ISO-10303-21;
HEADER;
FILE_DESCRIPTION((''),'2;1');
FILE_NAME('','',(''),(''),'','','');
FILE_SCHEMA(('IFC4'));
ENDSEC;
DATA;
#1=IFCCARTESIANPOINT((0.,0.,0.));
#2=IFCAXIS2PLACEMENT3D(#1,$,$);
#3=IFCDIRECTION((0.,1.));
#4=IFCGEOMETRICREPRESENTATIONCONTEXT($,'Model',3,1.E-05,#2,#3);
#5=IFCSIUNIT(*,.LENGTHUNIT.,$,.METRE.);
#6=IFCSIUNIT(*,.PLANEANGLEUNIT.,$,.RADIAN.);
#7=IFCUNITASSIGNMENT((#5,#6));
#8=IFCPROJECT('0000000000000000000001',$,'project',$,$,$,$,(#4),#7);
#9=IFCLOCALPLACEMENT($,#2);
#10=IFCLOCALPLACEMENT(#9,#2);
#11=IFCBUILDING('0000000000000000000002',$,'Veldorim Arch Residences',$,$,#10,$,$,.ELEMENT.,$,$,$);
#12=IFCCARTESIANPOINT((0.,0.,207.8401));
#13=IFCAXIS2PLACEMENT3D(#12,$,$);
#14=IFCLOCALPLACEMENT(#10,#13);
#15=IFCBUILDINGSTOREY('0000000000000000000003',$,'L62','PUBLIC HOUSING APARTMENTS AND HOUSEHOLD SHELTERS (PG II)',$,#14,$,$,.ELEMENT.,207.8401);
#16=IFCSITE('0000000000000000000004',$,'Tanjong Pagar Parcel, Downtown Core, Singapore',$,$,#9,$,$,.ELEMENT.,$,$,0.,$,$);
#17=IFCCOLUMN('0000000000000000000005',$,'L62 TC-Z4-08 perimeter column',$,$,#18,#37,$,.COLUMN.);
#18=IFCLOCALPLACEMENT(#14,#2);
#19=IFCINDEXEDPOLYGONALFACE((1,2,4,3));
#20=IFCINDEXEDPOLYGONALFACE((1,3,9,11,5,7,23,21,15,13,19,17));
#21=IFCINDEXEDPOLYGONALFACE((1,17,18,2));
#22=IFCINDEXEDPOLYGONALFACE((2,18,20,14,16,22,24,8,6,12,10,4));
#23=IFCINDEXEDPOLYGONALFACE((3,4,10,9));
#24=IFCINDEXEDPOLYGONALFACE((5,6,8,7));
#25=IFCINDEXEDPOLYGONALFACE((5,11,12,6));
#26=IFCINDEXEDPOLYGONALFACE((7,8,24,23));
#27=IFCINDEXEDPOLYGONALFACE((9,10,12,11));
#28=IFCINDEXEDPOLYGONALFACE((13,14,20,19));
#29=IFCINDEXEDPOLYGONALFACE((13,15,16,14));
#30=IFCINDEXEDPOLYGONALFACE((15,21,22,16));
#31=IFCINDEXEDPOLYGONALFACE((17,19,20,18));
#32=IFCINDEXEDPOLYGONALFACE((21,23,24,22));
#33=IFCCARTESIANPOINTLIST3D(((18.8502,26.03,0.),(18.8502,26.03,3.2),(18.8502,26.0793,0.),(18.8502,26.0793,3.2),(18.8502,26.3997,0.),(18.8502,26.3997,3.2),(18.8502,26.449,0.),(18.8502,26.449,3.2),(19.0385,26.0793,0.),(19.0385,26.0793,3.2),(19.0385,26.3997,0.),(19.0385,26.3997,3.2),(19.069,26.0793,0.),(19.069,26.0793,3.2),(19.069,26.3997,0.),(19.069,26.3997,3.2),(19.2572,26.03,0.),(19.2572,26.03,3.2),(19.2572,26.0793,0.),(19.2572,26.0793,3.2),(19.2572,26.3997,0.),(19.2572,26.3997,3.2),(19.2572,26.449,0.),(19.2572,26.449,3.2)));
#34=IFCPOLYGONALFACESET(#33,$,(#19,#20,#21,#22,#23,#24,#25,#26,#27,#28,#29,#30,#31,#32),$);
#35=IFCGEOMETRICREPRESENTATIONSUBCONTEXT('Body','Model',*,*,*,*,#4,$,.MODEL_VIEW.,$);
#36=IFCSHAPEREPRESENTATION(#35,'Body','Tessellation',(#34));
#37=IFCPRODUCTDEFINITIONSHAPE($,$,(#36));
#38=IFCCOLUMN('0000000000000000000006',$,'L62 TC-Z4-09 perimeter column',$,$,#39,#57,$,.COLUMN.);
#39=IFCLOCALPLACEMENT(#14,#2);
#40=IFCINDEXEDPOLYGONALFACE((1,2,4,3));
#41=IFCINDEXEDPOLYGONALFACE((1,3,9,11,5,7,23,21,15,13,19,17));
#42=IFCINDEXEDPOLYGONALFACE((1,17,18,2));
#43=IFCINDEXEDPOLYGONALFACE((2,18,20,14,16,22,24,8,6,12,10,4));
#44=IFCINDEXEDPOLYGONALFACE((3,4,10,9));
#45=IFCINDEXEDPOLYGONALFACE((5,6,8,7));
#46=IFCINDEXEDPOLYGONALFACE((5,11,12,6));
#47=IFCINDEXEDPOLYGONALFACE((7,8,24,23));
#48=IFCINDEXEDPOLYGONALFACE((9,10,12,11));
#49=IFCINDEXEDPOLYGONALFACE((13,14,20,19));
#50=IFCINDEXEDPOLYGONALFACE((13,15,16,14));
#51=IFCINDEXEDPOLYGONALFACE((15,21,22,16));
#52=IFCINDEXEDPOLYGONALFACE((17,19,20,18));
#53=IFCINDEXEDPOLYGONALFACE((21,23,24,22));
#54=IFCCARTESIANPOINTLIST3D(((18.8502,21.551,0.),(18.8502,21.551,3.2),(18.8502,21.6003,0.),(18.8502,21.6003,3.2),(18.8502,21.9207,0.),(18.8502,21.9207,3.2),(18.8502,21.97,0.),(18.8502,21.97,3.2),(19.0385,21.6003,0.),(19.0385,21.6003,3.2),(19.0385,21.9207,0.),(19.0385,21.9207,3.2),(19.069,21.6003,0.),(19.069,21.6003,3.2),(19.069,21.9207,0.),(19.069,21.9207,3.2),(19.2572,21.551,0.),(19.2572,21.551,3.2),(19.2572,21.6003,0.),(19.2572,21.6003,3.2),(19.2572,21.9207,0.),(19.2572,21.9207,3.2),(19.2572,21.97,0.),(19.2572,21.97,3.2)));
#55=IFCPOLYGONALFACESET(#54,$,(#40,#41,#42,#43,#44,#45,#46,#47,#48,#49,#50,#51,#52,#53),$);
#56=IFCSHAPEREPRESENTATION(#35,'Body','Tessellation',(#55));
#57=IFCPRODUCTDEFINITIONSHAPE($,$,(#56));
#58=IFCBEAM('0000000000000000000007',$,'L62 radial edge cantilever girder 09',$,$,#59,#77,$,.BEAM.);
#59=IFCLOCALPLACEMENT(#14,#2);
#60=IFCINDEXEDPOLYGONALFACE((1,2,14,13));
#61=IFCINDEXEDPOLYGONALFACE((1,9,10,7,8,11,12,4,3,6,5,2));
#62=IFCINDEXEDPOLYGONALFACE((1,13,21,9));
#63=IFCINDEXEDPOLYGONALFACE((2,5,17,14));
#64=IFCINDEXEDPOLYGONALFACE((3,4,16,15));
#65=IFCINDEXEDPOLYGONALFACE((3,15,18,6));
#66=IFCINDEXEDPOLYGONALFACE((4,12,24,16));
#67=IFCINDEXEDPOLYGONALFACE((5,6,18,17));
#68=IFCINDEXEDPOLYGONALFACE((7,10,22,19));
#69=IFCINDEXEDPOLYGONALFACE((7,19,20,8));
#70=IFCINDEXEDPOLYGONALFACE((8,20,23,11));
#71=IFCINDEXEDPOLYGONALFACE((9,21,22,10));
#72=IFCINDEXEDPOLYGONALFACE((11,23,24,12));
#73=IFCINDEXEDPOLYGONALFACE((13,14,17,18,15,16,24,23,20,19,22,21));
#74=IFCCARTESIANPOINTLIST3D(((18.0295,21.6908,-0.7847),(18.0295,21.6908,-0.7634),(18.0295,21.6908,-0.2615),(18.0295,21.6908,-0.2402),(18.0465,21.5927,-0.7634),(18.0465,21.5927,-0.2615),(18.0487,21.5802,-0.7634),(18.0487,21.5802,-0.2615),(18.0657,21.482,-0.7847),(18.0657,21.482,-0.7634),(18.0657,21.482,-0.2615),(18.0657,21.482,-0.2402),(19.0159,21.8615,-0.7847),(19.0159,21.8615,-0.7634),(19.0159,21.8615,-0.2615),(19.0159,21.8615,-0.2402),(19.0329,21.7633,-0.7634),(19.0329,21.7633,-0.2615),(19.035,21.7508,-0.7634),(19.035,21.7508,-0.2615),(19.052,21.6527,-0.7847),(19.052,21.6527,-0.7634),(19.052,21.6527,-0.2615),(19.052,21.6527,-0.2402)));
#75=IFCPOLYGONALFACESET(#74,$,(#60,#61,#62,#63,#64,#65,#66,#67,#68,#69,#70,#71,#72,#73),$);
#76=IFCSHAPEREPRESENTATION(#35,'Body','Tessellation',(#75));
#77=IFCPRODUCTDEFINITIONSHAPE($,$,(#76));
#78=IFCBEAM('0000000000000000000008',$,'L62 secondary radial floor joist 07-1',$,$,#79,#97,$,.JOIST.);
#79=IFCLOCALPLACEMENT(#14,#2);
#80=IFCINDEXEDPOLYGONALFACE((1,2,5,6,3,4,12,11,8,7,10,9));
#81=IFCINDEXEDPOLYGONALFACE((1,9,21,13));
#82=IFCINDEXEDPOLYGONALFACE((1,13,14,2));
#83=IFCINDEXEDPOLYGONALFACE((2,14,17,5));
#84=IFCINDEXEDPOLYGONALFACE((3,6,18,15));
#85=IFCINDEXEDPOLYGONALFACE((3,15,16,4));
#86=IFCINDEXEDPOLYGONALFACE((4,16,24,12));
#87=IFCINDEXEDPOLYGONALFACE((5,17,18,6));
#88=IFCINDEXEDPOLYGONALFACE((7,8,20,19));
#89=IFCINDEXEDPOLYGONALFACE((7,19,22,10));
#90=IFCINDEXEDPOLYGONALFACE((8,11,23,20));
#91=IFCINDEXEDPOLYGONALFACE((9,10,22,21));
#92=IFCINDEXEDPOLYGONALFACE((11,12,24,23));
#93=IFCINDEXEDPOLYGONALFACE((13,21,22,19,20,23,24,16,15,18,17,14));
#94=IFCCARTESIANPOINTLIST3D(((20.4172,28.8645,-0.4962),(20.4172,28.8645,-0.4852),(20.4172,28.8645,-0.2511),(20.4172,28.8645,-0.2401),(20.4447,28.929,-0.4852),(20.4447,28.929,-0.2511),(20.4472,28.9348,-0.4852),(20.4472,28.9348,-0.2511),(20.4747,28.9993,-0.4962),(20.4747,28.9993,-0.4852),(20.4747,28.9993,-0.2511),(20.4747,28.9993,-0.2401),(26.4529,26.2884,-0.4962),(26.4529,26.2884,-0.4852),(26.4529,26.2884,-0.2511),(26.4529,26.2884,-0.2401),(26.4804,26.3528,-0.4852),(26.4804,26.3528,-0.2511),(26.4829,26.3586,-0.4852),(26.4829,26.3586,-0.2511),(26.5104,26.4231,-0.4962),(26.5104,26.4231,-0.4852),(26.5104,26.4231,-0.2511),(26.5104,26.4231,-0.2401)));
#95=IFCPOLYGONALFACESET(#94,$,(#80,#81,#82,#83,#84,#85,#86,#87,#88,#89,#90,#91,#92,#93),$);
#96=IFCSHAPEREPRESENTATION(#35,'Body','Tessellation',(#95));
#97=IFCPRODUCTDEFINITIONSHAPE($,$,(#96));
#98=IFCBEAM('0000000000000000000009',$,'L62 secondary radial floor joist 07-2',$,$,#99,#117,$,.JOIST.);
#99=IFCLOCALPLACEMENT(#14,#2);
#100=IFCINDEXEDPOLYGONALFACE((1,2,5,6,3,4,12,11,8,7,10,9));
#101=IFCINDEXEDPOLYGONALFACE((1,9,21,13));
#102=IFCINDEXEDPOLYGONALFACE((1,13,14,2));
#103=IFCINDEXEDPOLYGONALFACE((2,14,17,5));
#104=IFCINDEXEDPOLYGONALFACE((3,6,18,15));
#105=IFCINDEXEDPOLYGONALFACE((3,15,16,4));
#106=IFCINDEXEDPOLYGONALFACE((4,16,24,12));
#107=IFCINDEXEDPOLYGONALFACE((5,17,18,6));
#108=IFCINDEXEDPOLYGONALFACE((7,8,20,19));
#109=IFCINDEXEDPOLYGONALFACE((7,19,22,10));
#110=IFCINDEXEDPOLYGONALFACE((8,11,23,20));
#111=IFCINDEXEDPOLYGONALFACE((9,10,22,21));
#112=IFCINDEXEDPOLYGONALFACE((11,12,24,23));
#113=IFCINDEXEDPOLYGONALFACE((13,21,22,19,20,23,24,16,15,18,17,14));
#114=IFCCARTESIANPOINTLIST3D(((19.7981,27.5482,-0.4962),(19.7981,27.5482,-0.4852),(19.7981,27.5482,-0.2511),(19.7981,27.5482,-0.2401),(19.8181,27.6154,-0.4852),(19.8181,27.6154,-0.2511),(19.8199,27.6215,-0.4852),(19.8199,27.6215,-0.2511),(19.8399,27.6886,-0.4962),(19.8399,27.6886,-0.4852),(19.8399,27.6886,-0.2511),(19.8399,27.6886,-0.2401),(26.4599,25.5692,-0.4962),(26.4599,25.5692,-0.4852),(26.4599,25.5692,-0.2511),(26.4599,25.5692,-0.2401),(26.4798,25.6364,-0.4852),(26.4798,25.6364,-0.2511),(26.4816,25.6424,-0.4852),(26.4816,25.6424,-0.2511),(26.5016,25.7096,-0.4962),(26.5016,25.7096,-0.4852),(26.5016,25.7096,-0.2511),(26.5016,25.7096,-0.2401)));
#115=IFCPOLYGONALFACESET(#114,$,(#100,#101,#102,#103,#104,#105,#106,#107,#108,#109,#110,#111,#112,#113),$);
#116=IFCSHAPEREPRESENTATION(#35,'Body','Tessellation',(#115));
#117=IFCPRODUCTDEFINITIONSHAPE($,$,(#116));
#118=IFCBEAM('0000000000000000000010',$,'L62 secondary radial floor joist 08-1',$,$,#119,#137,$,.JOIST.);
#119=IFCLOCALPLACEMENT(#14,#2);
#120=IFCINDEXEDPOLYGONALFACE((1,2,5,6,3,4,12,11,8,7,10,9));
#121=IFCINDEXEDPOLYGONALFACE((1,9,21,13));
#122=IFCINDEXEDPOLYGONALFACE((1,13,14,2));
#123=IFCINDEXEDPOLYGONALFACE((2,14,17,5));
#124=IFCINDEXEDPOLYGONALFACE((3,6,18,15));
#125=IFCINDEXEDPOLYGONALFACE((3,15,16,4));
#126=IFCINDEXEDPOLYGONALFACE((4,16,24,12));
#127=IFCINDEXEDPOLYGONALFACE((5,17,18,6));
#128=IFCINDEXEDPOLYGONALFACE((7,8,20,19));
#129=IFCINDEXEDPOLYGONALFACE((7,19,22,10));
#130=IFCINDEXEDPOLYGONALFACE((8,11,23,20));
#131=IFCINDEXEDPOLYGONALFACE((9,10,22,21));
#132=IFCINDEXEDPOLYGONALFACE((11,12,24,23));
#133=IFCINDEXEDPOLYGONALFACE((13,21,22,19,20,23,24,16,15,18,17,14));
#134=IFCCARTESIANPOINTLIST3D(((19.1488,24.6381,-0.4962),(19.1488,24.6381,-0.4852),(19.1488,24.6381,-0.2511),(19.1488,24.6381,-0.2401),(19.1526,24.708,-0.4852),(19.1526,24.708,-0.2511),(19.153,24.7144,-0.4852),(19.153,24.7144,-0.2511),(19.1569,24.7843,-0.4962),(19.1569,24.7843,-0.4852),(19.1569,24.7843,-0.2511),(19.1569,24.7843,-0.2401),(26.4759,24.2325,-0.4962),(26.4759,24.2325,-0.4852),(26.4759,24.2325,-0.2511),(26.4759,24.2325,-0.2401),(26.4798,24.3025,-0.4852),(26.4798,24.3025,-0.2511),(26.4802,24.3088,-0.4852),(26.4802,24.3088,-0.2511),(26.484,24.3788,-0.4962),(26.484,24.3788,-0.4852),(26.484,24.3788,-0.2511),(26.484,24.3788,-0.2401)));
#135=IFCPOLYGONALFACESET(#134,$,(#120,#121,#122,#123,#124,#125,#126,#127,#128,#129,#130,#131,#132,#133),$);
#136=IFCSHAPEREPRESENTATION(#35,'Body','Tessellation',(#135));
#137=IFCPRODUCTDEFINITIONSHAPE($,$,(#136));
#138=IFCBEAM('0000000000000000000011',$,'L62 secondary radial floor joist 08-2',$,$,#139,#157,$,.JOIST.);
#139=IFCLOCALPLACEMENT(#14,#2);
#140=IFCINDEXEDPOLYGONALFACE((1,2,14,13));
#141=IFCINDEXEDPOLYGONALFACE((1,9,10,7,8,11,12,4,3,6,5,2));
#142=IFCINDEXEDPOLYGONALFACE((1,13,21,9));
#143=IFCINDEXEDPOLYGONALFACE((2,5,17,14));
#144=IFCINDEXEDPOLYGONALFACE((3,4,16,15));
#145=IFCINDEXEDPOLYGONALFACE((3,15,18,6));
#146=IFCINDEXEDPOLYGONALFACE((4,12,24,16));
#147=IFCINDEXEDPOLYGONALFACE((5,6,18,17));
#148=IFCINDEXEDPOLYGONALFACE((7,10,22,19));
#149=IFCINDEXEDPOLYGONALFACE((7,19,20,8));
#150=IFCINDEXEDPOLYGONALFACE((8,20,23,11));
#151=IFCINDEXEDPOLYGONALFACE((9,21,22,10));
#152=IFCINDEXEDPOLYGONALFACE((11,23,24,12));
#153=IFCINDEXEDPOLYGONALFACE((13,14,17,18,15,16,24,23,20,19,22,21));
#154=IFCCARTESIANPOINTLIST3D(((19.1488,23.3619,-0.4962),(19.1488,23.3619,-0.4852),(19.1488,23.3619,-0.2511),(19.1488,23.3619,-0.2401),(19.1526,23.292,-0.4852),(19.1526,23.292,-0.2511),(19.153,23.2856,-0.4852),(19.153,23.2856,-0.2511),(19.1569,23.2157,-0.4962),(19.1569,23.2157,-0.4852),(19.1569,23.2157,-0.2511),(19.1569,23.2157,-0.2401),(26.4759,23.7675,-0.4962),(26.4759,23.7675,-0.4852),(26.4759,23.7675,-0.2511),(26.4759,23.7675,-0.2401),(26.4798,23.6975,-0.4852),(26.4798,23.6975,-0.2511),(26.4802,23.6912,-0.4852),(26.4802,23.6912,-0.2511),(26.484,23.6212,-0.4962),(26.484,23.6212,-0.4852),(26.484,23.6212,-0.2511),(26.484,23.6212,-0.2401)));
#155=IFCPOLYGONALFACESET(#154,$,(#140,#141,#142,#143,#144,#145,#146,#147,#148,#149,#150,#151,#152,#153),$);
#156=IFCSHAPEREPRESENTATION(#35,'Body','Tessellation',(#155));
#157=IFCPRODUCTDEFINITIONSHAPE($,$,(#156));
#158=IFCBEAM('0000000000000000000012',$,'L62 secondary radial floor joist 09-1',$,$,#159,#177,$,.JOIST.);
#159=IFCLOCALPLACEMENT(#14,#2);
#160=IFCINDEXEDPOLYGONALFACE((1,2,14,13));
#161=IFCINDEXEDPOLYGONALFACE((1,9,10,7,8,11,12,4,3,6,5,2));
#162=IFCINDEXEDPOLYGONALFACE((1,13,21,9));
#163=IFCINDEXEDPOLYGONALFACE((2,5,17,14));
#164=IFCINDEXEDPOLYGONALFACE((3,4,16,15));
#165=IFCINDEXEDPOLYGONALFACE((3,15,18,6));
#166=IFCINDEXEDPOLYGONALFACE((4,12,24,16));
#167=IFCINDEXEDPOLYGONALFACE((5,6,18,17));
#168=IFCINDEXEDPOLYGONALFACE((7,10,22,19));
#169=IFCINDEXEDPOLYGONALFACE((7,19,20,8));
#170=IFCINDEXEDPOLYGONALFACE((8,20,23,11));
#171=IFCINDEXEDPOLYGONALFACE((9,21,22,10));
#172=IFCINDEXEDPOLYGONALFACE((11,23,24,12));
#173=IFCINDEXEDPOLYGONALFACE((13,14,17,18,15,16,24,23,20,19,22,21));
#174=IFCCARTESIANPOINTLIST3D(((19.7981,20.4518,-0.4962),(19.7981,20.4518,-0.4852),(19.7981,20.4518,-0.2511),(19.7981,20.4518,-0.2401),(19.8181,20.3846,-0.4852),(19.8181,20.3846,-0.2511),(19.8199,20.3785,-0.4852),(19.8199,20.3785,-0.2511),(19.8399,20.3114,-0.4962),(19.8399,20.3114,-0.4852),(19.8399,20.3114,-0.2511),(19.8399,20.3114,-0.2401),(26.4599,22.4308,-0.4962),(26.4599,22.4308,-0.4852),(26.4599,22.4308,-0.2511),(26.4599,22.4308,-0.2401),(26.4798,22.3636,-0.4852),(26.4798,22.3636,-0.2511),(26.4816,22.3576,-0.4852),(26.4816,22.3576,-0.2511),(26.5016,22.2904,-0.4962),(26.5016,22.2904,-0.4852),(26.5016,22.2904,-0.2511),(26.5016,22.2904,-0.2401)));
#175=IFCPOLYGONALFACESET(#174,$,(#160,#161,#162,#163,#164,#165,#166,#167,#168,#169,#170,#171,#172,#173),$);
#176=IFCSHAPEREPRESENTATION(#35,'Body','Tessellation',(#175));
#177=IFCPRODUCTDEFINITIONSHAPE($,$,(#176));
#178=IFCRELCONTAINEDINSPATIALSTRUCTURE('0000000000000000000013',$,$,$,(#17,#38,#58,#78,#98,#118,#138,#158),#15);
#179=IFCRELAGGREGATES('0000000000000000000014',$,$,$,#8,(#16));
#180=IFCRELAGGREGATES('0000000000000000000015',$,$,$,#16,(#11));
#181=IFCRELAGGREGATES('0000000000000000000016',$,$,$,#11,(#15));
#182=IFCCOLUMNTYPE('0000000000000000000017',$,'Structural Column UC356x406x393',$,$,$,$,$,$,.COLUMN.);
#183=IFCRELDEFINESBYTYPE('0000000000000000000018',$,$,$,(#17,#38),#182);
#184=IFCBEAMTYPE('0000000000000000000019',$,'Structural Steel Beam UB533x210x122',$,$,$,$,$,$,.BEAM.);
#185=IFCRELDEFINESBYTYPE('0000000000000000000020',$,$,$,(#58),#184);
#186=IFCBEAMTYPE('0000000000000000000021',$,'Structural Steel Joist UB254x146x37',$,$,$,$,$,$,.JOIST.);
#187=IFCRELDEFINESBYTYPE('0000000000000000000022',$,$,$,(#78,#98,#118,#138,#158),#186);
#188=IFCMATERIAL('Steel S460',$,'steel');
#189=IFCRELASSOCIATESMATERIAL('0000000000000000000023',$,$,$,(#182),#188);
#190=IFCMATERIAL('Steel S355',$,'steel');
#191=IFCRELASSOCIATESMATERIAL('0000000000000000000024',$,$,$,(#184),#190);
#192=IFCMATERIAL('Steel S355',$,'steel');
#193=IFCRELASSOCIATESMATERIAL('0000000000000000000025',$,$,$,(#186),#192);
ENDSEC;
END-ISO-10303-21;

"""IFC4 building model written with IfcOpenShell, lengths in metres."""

from ifc_helpers import new_model, si_unit, direction, frame, origin, origin_2d, place, context, subcontext, project, spatial, i_section, extrude, material, material_profile, profile_set, type_object, element, save


model = new_model("IFC4")

# Units and contexts
model_context = context("Model", 3, precision=1e-05, world=origin(), true_north=direction((0.0, 1.0)))
body_context = subcontext(model_context, "Body", "Model", "MODEL_VIEW")
ifc_project = project(units=[si_unit("LENGTHUNIT", "METRE"), si_unit("PLANEANGLEUNIT", "RADIAN")], contexts=[model_context])

# Site, building, storey
site_placement = place(None, origin())
site = spatial("IfcSite", under=ifc_project, at=site_placement, Name="Tanjong Pagar Parcel, Downtown Core, Singapore", CompositionType="ELEMENT", RefElevation=0.0)
building_placement = place(site_placement, origin())
building = spatial("IfcBuilding", under=site, at=building_placement, Name="Veldorim Arch Residences", CompositionType="ELEMENT")
storey_placement = place(building_placement, frame((0.0, 0.0, 207.8401)))
storey = spatial("IfcBuildingStorey", under=building, at=storey_placement, Name="L62", Description="PUBLIC HOUSING APARTMENTS AND HOUSEHOLD SHELTERS (PG II)", CompositionType="ELEMENT", Elevation=207.8401)

# Columns
ifc_material_1 = material(Name="Steel S460", Category="steel")
ifc_material_profile_1 = material_profile(ifc_material_1, i_section(OverallWidth=0.407, OverallDepth=0.4189, WebThickness=0.0305, FlangeThickness=0.0493, at=origin_2d()), Name="UC356x406x393")
ifc_profile_set_1 = profile_set([ifc_material_profile_1], Name="Steel S460")
column_type = type_object("IfcColumnType", Name="Structural Column UC356x406x393", PredefinedType="COLUMN", material=ifc_profile_set_1)
for number, where, z_axis, x_axis, name in (
    (1, (19.0537, 26.2395, 0.0), (0.0, 0.0, 1.0), (1.0, 0.0, 0.0), "L62 TC-Z4-08 perimeter column"),
    (2, (19.0537, 21.7605, 0.0), (0.0, 0.0, 1.0), (1.0, 0.0, 0.0), "L62 TC-Z4-09 perimeter column"),
):
    element("IfcColumn", number, at=place(storey_placement, frame(where, z_axis=z_axis, x_axis=x_axis)), inside=storey, type_object=column_type, Name=name, PredefinedType="COLUMN", context=body_context, shape_type="SweptSolid", body=[
        extrude(i_section(OverallWidth=0.407, OverallDepth=0.4189, WebThickness=0.0305, FlangeThickness=0.0493, at=origin_2d()), origin(), (0.0, 0.0, 1.0), 3.2),
    ])

# Beams
ifc_material_2 = material(Name="Steel S355", Category="steel")
ifc_material_profile_2 = material_profile(ifc_material_2, i_section(OverallWidth=0.2119, OverallDepth=0.5444, WebThickness=0.0127, FlangeThickness=0.0212, at=origin_2d()), Name="UB533x210x122")
ifc_profile_set_2 = profile_set([ifc_material_profile_2], Name="Steel S355")
beam_type_1 = type_object("IfcBeamType", Name="Structural Steel Beam UB533x210x122", PredefinedType="BEAM", material=ifc_profile_set_2)
beam_1_placement = place(storey_placement, frame((19.0339, 21.7571, -0.5125), z_axis=(-0.98536, -0.170487, 0.0), x_axis=(0.170487, -0.98536, 0.0)))
element("IfcBeam", 3, at=beam_1_placement, inside=storey, type_object=beam_type_1, Name="L62 radial edge cantilever girder 09", PredefinedType="BEAM", context=body_context, shape_type="SweptSolid", body=[
    extrude(i_section(OverallWidth=0.2119, OverallDepth=0.5444, WebThickness=0.0127, FlangeThickness=0.0212, at=origin_2d()), origin(), (0.0, 0.0, 1.0), 1.001),
])
ifc_material_3 = material(Name="Steel S355", Category="steel")
ifc_material_profile_3 = material_profile(ifc_material_3, i_section(OverallWidth=0.1465, OverallDepth=0.2561, WebThickness=0.0063, FlangeThickness=0.011, at=origin_2d()), Name="UB254x146x37")
ifc_profile_set_3 = profile_set([ifc_material_profile_3], Name="Steel S355")
beam_type_2 = type_object("IfcBeamType", Name="Structural Steel Joist UB254x146x37", PredefinedType="JOIST", material=ifc_profile_set_3)
beam_2_placement = place(storey_placement, frame((26.4817, 26.3557, -0.3682), z_axis=(-0.919725, 0.392563, 0.0), x_axis=(-0.392563, -0.919725, 0.0)))
element("IfcBeam", 4, at=beam_2_placement, inside=storey, type_object=beam_type_2, Name="L62 secondary radial floor joist 07-1", PredefinedType="JOIST", context=body_context, shape_type="SweptSolid", body=[
    extrude(i_section(OverallWidth=0.1465, OverallDepth=0.2561, WebThickness=0.0063, FlangeThickness=0.011, at=origin_2d()), origin(), (0.0, 0.0, 1.0), 6.5625),
])
beam_3_placement = place(storey_placement, frame((26.4807, 25.6394, -0.3682), z_axis=(-0.958594, 0.284775, 0.0), x_axis=(-0.284775, -0.958594, 0.0)))
element("IfcBeam", 5, at=beam_3_placement, inside=storey, type_object=beam_type_2, Name="L62 secondary radial floor joist 07-2", PredefinedType="JOIST", context=body_context, shape_type="SweptSolid", body=[
    extrude(i_section(OverallWidth=0.1465, OverallDepth=0.2561, WebThickness=0.0063, FlangeThickness=0.011, at=origin_2d()), origin(), (0.0, 0.0, 1.0), 6.9495),
])
for number, where, z_axis, x_axis, name in (
    (6, (26.48, 24.3057, -0.3682), (-0.998472, 0.05526, 0.0), (-0.05526, -0.998472, 0.0), "L62 secondary radial floor joist 08-1"),
    (7, (26.48, 23.6943, -0.3682), (-0.998472, -0.05526, 0.0), (0.05526, -0.998472, 0.0), "L62 secondary radial floor joist 08-2"),
):
    element("IfcBeam", number, at=place(storey_placement, frame(where, z_axis=z_axis, x_axis=x_axis)), inside=storey, type_object=beam_type_2, Name=name, PredefinedType="JOIST", context=body_context, shape_type="SweptSolid", body=[
        extrude(i_section(OverallWidth=0.1465, OverallDepth=0.2561, WebThickness=0.0063, FlangeThickness=0.011, at=origin_2d()), origin(), (0.0, 0.0, 1.0), 7.3384),
    ])
beam_4_placement = place(storey_placement, frame((26.4807, 22.3606, -0.3682), z_axis=(-0.958594, -0.284775, 0.0), x_axis=(0.284775, -0.958594, 0.0)))
element("IfcBeam", 8, at=beam_4_placement, inside=storey, type_object=beam_type_2, Name="L62 secondary radial floor joist 09-1", PredefinedType="JOIST", context=body_context, shape_type="SweptSolid", body=[
    extrude(i_section(OverallWidth=0.1465, OverallDepth=0.2561, WebThickness=0.0063, FlangeThickness=0.011, at=origin_2d()), origin(), (0.0, 0.0, 1.0), 6.9495),
])

save(model, "model.ifc")
